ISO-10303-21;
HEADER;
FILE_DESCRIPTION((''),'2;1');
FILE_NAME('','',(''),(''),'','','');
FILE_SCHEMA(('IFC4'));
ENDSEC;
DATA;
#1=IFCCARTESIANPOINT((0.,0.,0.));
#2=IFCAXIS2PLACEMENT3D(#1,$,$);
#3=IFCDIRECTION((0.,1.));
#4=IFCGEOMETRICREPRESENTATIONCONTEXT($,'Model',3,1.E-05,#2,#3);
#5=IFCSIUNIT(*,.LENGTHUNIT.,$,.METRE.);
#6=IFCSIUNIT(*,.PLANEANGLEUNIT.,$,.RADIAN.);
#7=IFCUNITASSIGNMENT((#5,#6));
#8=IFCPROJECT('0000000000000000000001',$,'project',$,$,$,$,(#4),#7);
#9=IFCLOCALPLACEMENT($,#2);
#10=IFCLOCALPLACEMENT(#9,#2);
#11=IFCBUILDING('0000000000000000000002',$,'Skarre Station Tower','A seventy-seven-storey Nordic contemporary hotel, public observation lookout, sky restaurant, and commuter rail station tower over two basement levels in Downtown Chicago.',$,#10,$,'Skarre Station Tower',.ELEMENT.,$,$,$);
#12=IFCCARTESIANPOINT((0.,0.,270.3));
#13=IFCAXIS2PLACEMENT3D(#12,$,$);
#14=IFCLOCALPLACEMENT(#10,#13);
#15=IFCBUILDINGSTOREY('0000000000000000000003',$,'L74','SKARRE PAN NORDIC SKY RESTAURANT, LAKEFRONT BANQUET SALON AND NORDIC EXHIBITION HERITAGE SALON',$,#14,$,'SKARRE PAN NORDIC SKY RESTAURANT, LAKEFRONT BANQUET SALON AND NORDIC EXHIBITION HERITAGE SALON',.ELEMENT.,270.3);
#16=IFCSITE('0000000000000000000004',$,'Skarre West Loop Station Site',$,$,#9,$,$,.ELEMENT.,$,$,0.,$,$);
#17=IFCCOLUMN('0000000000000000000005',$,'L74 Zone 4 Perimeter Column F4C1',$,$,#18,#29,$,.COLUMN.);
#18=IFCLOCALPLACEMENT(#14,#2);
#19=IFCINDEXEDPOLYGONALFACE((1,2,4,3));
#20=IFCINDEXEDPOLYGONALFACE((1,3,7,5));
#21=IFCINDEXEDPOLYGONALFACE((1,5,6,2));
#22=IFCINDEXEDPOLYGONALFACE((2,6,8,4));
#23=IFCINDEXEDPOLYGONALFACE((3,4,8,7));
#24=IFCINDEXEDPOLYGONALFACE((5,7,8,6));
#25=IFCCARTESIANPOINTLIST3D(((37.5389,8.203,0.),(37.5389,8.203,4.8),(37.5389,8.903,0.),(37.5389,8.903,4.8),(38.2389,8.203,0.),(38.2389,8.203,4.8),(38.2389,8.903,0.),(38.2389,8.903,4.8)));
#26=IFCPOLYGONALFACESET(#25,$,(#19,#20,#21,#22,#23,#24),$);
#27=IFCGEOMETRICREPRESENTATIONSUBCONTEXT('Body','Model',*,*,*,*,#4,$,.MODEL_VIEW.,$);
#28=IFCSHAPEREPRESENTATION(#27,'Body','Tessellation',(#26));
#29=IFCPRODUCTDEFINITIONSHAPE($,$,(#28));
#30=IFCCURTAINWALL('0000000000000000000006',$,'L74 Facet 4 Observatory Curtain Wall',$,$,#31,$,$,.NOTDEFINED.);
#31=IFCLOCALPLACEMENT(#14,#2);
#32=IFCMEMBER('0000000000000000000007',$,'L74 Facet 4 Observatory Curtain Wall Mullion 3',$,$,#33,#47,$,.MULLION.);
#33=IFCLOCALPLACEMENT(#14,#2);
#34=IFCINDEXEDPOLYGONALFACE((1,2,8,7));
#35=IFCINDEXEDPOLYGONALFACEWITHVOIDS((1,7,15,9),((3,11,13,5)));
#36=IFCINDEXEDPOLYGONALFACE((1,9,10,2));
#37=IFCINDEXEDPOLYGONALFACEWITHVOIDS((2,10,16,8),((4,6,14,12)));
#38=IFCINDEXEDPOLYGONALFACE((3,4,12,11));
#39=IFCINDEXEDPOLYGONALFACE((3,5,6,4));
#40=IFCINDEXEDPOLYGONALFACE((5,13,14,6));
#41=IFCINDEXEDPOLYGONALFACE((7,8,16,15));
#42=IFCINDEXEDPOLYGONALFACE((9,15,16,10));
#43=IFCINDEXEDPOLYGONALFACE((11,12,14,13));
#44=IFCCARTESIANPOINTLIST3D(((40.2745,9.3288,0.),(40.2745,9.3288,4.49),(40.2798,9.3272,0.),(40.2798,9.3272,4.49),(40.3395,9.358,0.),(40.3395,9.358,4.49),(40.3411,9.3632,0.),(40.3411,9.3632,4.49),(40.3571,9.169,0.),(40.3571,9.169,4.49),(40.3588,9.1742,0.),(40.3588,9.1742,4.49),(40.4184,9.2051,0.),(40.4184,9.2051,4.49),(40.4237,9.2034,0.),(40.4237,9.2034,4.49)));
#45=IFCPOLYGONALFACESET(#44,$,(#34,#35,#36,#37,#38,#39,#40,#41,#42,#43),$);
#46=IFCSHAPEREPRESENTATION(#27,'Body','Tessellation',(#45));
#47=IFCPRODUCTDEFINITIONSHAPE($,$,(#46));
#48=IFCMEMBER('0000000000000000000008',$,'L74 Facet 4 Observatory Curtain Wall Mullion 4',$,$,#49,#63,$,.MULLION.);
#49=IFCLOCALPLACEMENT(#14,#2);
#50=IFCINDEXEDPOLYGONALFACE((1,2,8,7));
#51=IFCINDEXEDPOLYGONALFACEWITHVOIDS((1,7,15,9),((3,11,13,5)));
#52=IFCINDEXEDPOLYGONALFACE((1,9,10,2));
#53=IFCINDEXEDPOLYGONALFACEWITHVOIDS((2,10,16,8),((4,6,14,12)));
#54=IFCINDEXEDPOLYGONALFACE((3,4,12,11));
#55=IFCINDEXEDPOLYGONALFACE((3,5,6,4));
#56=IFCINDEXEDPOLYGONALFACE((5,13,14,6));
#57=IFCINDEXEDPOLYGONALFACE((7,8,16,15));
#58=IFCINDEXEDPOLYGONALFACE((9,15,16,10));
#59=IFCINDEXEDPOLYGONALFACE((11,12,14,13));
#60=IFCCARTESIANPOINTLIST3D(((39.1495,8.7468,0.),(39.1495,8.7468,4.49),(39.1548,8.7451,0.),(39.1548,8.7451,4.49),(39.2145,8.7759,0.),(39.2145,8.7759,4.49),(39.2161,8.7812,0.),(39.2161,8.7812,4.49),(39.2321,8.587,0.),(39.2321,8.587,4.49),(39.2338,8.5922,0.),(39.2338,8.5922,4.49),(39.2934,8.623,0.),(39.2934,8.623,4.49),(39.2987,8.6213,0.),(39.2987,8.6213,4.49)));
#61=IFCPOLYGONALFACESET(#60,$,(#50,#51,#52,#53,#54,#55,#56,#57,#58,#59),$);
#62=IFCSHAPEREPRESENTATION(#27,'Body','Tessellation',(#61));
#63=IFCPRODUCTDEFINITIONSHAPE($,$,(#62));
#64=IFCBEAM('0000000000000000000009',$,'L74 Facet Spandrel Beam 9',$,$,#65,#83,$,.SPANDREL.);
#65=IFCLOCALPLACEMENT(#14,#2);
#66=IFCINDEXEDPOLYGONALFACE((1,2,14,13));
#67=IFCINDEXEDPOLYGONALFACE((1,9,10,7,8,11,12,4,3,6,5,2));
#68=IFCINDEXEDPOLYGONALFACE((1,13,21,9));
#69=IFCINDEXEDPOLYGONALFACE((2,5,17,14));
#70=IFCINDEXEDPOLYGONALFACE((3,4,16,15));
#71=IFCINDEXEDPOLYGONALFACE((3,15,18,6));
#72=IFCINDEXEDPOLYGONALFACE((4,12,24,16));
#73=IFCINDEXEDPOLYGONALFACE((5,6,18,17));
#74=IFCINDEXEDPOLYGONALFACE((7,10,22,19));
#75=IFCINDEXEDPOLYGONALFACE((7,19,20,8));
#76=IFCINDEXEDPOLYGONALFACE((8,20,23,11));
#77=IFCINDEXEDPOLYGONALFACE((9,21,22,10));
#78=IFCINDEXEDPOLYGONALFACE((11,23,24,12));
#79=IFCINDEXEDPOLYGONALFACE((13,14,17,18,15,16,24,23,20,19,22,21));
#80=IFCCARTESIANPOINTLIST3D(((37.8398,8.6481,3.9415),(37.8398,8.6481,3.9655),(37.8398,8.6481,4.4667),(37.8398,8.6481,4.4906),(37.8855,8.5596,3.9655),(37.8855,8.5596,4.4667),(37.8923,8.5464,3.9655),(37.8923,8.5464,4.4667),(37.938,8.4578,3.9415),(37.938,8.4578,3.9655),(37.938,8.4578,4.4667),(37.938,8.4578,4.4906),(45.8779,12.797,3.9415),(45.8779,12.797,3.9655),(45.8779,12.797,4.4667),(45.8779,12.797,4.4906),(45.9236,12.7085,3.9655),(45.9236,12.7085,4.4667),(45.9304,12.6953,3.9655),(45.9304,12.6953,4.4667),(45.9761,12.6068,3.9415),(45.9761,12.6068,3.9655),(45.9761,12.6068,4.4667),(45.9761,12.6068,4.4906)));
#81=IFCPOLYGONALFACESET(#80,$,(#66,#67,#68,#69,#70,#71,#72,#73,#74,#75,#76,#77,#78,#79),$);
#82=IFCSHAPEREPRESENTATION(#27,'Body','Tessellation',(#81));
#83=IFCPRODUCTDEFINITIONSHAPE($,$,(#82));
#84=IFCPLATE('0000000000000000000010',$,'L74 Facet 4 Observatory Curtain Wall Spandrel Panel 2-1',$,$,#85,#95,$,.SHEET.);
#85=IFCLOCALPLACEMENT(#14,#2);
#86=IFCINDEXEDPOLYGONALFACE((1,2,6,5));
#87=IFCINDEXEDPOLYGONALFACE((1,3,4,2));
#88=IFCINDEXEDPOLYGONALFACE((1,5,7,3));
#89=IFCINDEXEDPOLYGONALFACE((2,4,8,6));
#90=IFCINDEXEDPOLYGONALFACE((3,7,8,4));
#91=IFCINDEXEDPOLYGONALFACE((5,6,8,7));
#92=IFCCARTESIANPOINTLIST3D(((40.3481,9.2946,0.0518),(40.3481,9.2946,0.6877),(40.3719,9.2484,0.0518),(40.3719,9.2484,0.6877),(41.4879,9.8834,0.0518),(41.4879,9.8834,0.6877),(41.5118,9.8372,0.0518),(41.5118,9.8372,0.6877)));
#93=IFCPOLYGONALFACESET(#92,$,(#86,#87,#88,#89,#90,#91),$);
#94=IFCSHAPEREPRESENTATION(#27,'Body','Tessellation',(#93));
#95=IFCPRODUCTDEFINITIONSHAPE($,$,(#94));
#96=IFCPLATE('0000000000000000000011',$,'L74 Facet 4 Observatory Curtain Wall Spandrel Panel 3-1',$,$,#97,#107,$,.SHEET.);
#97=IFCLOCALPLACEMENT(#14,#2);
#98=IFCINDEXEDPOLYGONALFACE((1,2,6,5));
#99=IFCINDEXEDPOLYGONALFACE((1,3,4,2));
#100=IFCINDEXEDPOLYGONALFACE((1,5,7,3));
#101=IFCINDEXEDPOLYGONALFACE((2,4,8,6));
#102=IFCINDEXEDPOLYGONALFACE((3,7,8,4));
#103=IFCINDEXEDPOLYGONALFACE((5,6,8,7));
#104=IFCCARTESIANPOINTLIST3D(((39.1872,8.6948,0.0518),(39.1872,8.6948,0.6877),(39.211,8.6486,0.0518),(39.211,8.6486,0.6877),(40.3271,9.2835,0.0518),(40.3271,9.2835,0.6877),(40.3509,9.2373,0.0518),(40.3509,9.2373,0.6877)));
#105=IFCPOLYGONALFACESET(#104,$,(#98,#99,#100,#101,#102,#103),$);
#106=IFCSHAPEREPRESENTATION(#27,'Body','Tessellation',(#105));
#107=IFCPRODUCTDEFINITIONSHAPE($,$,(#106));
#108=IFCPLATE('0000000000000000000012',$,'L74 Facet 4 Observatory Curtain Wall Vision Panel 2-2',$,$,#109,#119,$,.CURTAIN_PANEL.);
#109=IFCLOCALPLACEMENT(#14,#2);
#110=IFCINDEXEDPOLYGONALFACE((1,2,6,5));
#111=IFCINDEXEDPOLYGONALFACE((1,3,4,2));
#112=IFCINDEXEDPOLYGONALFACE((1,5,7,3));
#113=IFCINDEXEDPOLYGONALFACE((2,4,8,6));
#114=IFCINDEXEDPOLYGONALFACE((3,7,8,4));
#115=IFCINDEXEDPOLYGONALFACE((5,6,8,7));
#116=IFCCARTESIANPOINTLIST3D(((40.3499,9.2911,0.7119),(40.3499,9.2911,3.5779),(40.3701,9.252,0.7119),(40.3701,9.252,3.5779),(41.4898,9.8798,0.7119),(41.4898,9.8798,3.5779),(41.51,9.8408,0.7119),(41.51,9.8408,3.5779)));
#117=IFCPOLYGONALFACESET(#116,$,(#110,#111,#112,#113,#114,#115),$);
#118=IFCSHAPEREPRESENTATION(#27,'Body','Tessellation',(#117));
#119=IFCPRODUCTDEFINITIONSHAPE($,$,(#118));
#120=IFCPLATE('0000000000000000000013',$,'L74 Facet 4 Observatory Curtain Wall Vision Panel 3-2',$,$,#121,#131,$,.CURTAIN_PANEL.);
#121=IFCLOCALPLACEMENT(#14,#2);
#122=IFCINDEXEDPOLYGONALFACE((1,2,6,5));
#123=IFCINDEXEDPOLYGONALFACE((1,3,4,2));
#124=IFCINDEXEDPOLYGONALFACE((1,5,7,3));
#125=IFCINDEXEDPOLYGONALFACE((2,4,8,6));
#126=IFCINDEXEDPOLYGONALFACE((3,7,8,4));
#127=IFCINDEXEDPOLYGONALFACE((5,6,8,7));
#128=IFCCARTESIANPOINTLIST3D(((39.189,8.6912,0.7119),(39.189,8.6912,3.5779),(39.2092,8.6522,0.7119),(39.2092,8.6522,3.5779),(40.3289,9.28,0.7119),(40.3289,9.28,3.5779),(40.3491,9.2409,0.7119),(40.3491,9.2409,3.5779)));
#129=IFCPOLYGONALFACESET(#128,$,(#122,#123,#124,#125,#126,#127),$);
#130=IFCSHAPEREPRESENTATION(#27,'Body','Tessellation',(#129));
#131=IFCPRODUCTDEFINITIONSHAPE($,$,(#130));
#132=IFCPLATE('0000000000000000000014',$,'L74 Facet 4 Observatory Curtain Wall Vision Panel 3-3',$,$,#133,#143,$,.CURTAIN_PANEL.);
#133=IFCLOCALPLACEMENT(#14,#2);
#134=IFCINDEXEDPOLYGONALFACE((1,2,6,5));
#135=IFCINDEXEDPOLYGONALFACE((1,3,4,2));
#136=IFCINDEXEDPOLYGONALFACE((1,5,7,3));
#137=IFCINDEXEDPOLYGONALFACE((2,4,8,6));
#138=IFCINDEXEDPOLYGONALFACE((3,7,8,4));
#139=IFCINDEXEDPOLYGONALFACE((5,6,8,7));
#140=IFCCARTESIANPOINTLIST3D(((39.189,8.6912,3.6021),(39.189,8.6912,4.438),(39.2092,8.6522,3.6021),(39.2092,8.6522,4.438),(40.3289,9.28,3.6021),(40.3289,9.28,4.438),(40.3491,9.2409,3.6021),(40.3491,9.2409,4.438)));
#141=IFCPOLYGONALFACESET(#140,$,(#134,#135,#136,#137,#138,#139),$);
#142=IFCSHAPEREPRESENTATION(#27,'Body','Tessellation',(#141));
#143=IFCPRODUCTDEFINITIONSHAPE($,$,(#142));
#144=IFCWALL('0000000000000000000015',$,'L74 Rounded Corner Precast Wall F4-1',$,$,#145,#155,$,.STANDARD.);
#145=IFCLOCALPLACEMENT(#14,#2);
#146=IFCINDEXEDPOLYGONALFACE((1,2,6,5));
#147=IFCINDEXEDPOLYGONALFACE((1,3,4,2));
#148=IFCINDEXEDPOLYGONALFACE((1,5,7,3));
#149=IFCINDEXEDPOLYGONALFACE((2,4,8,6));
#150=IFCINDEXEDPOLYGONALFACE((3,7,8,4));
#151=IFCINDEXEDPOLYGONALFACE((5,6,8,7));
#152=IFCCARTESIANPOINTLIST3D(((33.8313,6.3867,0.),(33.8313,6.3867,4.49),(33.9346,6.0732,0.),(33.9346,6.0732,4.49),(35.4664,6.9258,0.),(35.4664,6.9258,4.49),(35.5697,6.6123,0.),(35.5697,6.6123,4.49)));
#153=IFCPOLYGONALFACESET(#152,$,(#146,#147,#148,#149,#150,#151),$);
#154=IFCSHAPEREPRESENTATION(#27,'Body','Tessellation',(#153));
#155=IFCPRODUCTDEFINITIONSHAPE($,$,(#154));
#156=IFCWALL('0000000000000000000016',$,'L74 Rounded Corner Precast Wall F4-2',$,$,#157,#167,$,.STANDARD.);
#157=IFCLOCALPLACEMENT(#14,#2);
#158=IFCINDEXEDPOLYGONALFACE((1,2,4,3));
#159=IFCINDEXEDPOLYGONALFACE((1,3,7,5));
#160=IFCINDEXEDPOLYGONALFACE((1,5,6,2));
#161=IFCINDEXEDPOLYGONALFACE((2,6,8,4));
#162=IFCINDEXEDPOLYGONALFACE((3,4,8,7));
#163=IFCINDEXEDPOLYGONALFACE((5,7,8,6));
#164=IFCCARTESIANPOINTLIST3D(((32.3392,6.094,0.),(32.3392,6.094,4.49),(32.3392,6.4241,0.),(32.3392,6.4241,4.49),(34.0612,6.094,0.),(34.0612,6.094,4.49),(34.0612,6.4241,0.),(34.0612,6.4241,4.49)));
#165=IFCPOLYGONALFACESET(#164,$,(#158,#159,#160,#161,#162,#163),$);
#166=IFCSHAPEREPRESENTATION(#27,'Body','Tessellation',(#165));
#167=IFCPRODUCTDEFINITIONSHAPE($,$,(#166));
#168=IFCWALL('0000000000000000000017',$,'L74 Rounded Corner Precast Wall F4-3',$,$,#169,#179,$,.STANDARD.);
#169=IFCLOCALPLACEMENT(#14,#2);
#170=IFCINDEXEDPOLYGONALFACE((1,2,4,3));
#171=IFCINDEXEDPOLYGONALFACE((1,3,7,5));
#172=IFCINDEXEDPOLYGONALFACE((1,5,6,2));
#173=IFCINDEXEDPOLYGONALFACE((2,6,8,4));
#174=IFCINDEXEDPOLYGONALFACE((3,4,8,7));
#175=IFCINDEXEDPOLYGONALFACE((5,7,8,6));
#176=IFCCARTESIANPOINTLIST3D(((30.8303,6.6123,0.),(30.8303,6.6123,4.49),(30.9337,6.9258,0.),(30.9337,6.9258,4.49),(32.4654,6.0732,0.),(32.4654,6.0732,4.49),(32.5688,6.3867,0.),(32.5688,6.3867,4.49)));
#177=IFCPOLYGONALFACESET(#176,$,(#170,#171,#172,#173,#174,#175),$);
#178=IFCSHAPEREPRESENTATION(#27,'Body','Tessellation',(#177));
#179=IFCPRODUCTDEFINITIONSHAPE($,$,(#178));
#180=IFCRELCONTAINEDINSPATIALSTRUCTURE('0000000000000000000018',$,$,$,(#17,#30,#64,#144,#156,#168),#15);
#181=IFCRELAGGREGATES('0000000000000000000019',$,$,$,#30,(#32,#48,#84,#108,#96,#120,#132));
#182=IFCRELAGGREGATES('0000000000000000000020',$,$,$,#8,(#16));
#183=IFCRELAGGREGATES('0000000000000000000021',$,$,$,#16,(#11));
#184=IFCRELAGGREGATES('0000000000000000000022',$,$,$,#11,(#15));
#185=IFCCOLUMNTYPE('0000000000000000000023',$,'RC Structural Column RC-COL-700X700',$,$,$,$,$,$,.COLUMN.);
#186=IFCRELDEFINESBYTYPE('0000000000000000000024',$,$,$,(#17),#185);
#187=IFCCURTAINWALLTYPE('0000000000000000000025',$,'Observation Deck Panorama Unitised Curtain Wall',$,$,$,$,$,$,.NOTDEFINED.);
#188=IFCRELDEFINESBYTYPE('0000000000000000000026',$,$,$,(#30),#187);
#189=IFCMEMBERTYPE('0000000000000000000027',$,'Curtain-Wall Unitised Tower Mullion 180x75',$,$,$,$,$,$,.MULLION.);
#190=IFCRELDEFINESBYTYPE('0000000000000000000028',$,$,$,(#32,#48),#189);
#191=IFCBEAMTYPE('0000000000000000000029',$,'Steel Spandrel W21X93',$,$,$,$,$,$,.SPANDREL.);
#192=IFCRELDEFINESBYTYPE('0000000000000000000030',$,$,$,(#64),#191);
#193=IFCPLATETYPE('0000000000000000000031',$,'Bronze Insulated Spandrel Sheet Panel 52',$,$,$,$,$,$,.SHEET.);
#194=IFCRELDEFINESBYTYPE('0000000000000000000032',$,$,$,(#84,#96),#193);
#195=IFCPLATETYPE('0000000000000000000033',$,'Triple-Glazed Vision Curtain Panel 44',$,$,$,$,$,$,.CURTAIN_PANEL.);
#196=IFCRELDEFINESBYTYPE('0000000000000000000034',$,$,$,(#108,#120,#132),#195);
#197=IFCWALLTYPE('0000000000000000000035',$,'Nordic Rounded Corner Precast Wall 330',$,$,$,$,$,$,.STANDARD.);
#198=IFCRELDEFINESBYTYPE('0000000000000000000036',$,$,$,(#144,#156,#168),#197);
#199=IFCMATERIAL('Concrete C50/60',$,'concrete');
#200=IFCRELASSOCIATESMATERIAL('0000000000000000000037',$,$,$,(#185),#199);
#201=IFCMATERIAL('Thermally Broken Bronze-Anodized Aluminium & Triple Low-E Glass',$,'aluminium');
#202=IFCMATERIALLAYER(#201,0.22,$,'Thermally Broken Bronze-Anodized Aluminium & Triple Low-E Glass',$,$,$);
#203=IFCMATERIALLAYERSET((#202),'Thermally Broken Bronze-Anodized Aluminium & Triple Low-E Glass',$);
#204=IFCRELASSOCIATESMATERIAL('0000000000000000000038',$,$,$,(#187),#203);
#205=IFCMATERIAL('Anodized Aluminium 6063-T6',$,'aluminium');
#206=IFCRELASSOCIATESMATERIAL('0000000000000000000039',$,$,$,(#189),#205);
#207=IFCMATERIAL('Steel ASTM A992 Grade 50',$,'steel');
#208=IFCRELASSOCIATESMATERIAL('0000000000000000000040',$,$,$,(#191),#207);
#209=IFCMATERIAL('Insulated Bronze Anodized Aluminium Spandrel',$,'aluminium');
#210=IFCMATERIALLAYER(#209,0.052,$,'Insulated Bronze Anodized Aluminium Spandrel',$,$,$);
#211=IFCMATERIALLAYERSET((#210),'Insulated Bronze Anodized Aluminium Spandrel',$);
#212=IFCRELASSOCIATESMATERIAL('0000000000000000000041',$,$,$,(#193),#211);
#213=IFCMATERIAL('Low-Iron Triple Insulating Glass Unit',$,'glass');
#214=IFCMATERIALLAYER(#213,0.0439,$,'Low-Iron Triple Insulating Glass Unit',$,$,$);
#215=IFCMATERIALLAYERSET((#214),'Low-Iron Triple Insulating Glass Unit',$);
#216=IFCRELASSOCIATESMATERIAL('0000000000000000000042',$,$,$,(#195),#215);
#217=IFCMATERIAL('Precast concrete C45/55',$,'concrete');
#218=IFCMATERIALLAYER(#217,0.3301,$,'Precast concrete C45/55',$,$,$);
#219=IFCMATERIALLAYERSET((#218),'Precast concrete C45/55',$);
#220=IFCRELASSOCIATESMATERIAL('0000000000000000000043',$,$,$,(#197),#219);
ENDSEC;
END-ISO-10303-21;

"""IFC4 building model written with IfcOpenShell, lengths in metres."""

from ifc_helpers import new_model, si_unit, direction, frame, frame_2d, origin, origin_2d, place, context, subcontext, project, spatial, rectangle, hollow_rectangle, i_section, extrude, material, layer, layer_set, material_profile, profile_set, type_object, element, aggregate, save


model = new_model("IFC4")

# Units and contexts
model_context = context("Model", 3, precision=1e-05, world=origin(), true_north=direction((0.0, 1.0)))
body_context = subcontext(model_context, "Body", "Model", "MODEL_VIEW")
ifc_project = project(units=[si_unit("LENGTHUNIT", "METRE"), si_unit("PLANEANGLEUNIT", "RADIAN")], contexts=[model_context])

# Site, building, storey
site_placement = place(None, origin())
site = spatial("IfcSite", under=ifc_project, at=site_placement, Name="Skarre West Loop Station Site", CompositionType="ELEMENT", RefElevation=0.0)
building_placement = place(site_placement, origin())
building = spatial("IfcBuilding", under=site, at=building_placement, Name="Skarre Station Tower", Description="A seventy-seven-storey Nordic contemporary hotel, public observation lookout, sky restaurant, and commuter rail station tower over two basement levels in Downtown Chicago.", LongName="Skarre Station Tower", CompositionType="ELEMENT")
storey_placement = place(building_placement, frame((0.0, 0.0, 270.3)))
storey = spatial("IfcBuildingStorey", under=building, at=storey_placement, Name="L74", Description="SKARRE PAN NORDIC SKY RESTAURANT, LAKEFRONT BANQUET SALON AND NORDIC EXHIBITION HERITAGE SALON", LongName="SKARRE PAN NORDIC SKY RESTAURANT, LAKEFRONT BANQUET SALON AND NORDIC EXHIBITION HERITAGE SALON", CompositionType="ELEMENT", Elevation=270.3)

# Column
ifc_material_1 = material(Name="Concrete C50/60", Category="concrete")
ifc_material_profile_1 = material_profile(ifc_material_1, rectangle(XDim=0.7, YDim=0.7, at=origin_2d()), Name="Concrete C50/60")
ifc_profile_set_1 = profile_set([ifc_material_profile_1], Name="Concrete C50/60")
column_type = type_object("IfcColumnType", Name="RC Structural Column RC-COL-700X700", PredefinedType="COLUMN", material=ifc_profile_set_1)
column_placement = place(storey_placement, frame((37.8889, 8.553, 0.0), z_axis=(0.0, 0.0, 1.0), x_axis=(1.0, 0.0, 0.0)))
element("IfcColumn", 1, at=column_placement, inside=storey, type_object=column_type, Name="L74 Zone 4 Perimeter Column F4C1", PredefinedType="COLUMN", context=body_context, shape_type="SweptSolid", body=[
    extrude(rectangle(XDim=0.7, YDim=0.7, at=origin_2d()), origin(), (0.0, 0.0, 1.0), 4.8),
])

# Curtain wall, members
ifc_material_2 = material(Name="Thermally Broken Bronze-Anodized Aluminium & Triple Low-E Glass", Category="aluminium")
ifc_layer_1 = layer(ifc_material_2, 0.22, Name="Thermally Broken Bronze-Anodized Aluminium & Triple Low-E Glass")
ifc_layer_set_1 = layer_set([ifc_layer_1], Name="Thermally Broken Bronze-Anodized Aluminium & Triple Low-E Glass")
curtain_wall_type = type_object("IfcCurtainWallType", Name="Observation Deck Panorama Unitised Curtain Wall", PredefinedType="NOTDEFINED", material=ifc_layer_set_1)
curtain_wall_placement = place(storey_placement, origin())
curtain_wall = element("IfcCurtainWall", 2, at=curtain_wall_placement, inside=storey, type_object=curtain_wall_type, Name="L74 Facet 4 Observatory Curtain Wall", PredefinedType="NOTDEFINED")
ifc_material_3 = material(Name="Anodized Aluminium 6063-T6", Category="aluminium")
ifc_material_profile_2 = material_profile(ifc_material_3, hollow_rectangle(XDim=0.075, YDim=0.1799, WallThickness=0.0039, at=origin_2d()), Name="Anodized Aluminium 6063-T6")
ifc_profile_set_2 = profile_set([ifc_material_profile_2], Name="Anodized Aluminium 6063-T6")
member_type = type_object("IfcMemberType", Name="Curtain-Wall Unitised Tower Mullion 180x75", PredefinedType="MULLION", material=ifc_profile_set_2)
member_1_placement = place(storey_placement, frame((40.3491, 9.2661, 0.0), z_axis=(0.0, 0.0, 1.0), x_axis=(-0.888481, -0.458913, 0.0)))
member_1 = element("IfcMember", 3, at=member_1_placement, type_object=member_type, Name="L74 Facet 4 Observatory Curtain Wall Mullion 3", PredefinedType="MULLION", context=body_context, shape_type="SweptSolid", body=[
    extrude(hollow_rectangle(XDim=0.075, YDim=0.1799, WallThickness=0.0039, at=origin_2d()), origin(), (0.0, 0.0, 1.0), 4.49),
])
member_2_placement = place(storey_placement, frame((39.2241, 8.6841, 0.0), z_axis=(0.0, 0.0, 1.0), x_axis=(-0.888481, -0.458913, 0.0)))
member_2 = element("IfcMember", 4, at=member_2_placement, type_object=member_type, Name="L74 Facet 4 Observatory Curtain Wall Mullion 4", PredefinedType="MULLION", context=body_context, shape_type="SweptSolid", body=[
    extrude(hollow_rectangle(XDim=0.075, YDim=0.1799, WallThickness=0.0039, at=origin_2d()), origin(), (0.0, 0.0, 1.0), 4.49),
])

# Beam
ifc_material_4 = material(Name="Steel ASTM A992 Grade 50", Category="steel")
ifc_material_profile_3 = material_profile(ifc_material_4, i_section(OverallWidth=0.2141, OverallDepth=0.5491, WebThickness=0.0149, FlangeThickness=0.0239, at=origin_2d()), Name="Steel ASTM A992 Grade 50")
ifc_profile_set_3 = profile_set([ifc_material_profile_3], Name="Steel ASTM A992 Grade 50")
beam_type = type_object("IfcBeamType", Name="Steel Spandrel W21X93", PredefinedType="SPANDREL", material=ifc_profile_set_3)
beam_placement = place(storey_placement, frame((37.8889, 8.553, 4.2161), z_axis=(0.88861, 0.458664, 0.0), x_axis=(-0.458664, 0.88861, 0.0)))
element("IfcBeam", 5, at=beam_placement, inside=storey, type_object=beam_type, Name="L74 Facet Spandrel Beam 9", PredefinedType="SPANDREL", context=body_context, shape_type="SweptSolid", body=[
    extrude(i_section(OverallWidth=0.2141, OverallDepth=0.5491, WebThickness=0.0149, FlangeThickness=0.0239, at=origin_2d()), origin(), (0.0, 0.0, 1.0), 9.0457),
])

# Plates
ifc_material_5 = material(Name="Insulated Bronze Anodized Aluminium Spandrel", Category="aluminium")
ifc_layer_2 = layer(ifc_material_5, 0.052, Name="Insulated Bronze Anodized Aluminium Spandrel")
ifc_layer_set_2 = layer_set([ifc_layer_2], Name="Insulated Bronze Anodized Aluminium Spandrel")
plate_type_1 = type_object("IfcPlateType", Name="Bronze Insulated Spandrel Sheet Panel 52", PredefinedType="SHEET", material=ifc_layer_set_2)
plate_1_placement = place(storey_placement, frame((40.9299, 9.5659, 0.0518), z_axis=(0.0, 0.0, 1.0), x_axis=(-0.888481, -0.458913, 0.0)))
plate_1 = element("IfcPlate", 6, at=plate_1_placement, type_object=plate_type_1, Name="L74 Facet 4 Observatory Curtain Wall Spandrel Panel 2-1", PredefinedType="SHEET", context=body_context, shape_type="SweptSolid", body=[
    extrude(rectangle(XDim=1.283, YDim=0.052, at=origin_2d()), origin(), (0.0, 0.0, 1.0), 0.636),
])
plate_2_placement = place(storey_placement, frame((39.769, 8.9661, 0.0518), z_axis=(0.0, 0.0, 1.0), x_axis=(-0.888481, -0.458913, 0.0)))
plate_2 = element("IfcPlate", 7, at=plate_2_placement, type_object=plate_type_1, Name="L74 Facet 4 Observatory Curtain Wall Spandrel Panel 3-1", PredefinedType="SHEET", context=body_context, shape_type="SweptSolid", body=[
    extrude(rectangle(XDim=1.283, YDim=0.052, at=origin_2d()), origin(), (0.0, 0.0, 1.0), 0.636),
])
ifc_material_6 = material(Name="Low-Iron Triple Insulating Glass Unit", Category="glass")
ifc_layer_3 = layer(ifc_material_6, 0.0439, Name="Low-Iron Triple Insulating Glass Unit")
ifc_layer_set_3 = layer_set([ifc_layer_3], Name="Low-Iron Triple Insulating Glass Unit")
plate_type_2 = type_object("IfcPlateType", Name="Triple-Glazed Vision Curtain Panel 44", PredefinedType="CURTAIN_PANEL", material=ifc_layer_set_3)
plate_3_placement = place(storey_placement, frame((40.9299, 9.5659, 0.7119), z_axis=(0.0, 0.0, 1.0), x_axis=(-0.888481, -0.458913, 0.0)))
plate_3 = element("IfcPlate", 8, at=plate_3_placement, type_object=plate_type_2, Name="L74 Facet 4 Observatory Curtain Wall Vision Panel 2-2", PredefinedType="CURTAIN_PANEL", context=body_context, shape_type="SweptSolid", body=[
    extrude(rectangle(XDim=1.283, YDim=0.0439, at=origin_2d()), origin(), (0.0, 0.0, 1.0), 2.866),
])
plate_4_placement = place(storey_placement, frame((39.769, 8.9661, 0.7119), z_axis=(0.0, 0.0, 1.0), x_axis=(-0.888481, -0.458913, 0.0)))
plate_4 = element("IfcPlate", 9, at=plate_4_placement, type_object=plate_type_2, Name="L74 Facet 4 Observatory Curtain Wall Vision Panel 3-2", PredefinedType="CURTAIN_PANEL", context=body_context, shape_type="SweptSolid", body=[
    extrude(rectangle(XDim=1.283, YDim=0.0439, at=origin_2d()), origin(), (0.0, 0.0, 1.0), 2.866),
])
plate_5_placement = place(storey_placement, frame((39.769, 8.9661, 3.6021), z_axis=(0.0, 0.0, 1.0), x_axis=(-0.888481, -0.458913, 0.0)))
plate_5 = element("IfcPlate", 10, at=plate_5_placement, type_object=plate_type_2, Name="L74 Facet 4 Observatory Curtain Wall Vision Panel 3-3", PredefinedType="CURTAIN_PANEL", context=body_context, shape_type="SweptSolid", body=[
    extrude(rectangle(XDim=1.283, YDim=0.0439, at=origin_2d()), origin(), (0.0, 0.0, 1.0), 0.8359),
])
aggregate(curtain_wall, [member_1, member_2, plate_1, plate_3, plate_2, plate_4, plate_5])

# Walls
ifc_material_7 = material(Name="Precast concrete C45/55", Category="concrete")
ifc_layer_4 = layer(ifc_material_7, 0.3301, Name="Precast concrete C45/55")
ifc_layer_set_4 = layer_set([ifc_layer_4], Name="Precast concrete C45/55")
wall_type_1 = type_object("IfcWallType", Name="Nordic Rounded Corner Precast Wall 330", PredefinedType="STANDARD", material=ifc_layer_set_4)
wall_1_placement = place(storey_placement, frame((35.5181, 6.769, 0.0), z_axis=(0.0, 0.0, 1.0), x_axis=(-0.949713, -0.31312, 0.0)))
element("IfcWall", 11, at=wall_1_placement, inside=storey, type_object=wall_type_1, Name="L74 Rounded Corner Precast Wall F4-1", PredefinedType="STANDARD", context=body_context, shape_type="SweptSolid", body=[
    extrude(rectangle(XDim=1.7217, YDim=0.3301, at=frame_2d((0.8608, 0.0))), origin(), (0.0, 0.0, 1.0), 4.49),
])
wall_2_placement = place(storey_placement, frame((34.061, 6.259, 0.0), z_axis=(0.0, 0.0, 1.0), x_axis=(-1.0, 0.0, 0.0)))
element("IfcWall", 12, at=wall_2_placement, inside=storey, type_object=wall_type_1, Name="L74 Rounded Corner Precast Wall F4-2", PredefinedType="STANDARD", context=body_context, shape_type="SweptSolid", body=[
    extrude(rectangle(XDim=1.7219, YDim=0.3301, at=frame_2d((0.8608, 0.0))), origin(), (0.0, 0.0, 1.0), 4.49),
])
wall_3_placement = place(storey_placement, frame((32.5171, 6.23, 0.0), z_axis=(0.0, 0.0, 1.0), x_axis=(-0.949713, 0.31312, 0.0)))
element("IfcWall", 13, at=wall_3_placement, inside=storey, type_object=wall_type_1, Name="L74 Rounded Corner Precast Wall F4-3", PredefinedType="STANDARD", context=body_context, shape_type="SweptSolid", body=[
    extrude(rectangle(XDim=1.7217, YDim=0.3301, at=frame_2d((0.8608, 0.0))), origin(), (0.0, 0.0, 1.0), 4.49),
])

save(model, "model.ifc")
